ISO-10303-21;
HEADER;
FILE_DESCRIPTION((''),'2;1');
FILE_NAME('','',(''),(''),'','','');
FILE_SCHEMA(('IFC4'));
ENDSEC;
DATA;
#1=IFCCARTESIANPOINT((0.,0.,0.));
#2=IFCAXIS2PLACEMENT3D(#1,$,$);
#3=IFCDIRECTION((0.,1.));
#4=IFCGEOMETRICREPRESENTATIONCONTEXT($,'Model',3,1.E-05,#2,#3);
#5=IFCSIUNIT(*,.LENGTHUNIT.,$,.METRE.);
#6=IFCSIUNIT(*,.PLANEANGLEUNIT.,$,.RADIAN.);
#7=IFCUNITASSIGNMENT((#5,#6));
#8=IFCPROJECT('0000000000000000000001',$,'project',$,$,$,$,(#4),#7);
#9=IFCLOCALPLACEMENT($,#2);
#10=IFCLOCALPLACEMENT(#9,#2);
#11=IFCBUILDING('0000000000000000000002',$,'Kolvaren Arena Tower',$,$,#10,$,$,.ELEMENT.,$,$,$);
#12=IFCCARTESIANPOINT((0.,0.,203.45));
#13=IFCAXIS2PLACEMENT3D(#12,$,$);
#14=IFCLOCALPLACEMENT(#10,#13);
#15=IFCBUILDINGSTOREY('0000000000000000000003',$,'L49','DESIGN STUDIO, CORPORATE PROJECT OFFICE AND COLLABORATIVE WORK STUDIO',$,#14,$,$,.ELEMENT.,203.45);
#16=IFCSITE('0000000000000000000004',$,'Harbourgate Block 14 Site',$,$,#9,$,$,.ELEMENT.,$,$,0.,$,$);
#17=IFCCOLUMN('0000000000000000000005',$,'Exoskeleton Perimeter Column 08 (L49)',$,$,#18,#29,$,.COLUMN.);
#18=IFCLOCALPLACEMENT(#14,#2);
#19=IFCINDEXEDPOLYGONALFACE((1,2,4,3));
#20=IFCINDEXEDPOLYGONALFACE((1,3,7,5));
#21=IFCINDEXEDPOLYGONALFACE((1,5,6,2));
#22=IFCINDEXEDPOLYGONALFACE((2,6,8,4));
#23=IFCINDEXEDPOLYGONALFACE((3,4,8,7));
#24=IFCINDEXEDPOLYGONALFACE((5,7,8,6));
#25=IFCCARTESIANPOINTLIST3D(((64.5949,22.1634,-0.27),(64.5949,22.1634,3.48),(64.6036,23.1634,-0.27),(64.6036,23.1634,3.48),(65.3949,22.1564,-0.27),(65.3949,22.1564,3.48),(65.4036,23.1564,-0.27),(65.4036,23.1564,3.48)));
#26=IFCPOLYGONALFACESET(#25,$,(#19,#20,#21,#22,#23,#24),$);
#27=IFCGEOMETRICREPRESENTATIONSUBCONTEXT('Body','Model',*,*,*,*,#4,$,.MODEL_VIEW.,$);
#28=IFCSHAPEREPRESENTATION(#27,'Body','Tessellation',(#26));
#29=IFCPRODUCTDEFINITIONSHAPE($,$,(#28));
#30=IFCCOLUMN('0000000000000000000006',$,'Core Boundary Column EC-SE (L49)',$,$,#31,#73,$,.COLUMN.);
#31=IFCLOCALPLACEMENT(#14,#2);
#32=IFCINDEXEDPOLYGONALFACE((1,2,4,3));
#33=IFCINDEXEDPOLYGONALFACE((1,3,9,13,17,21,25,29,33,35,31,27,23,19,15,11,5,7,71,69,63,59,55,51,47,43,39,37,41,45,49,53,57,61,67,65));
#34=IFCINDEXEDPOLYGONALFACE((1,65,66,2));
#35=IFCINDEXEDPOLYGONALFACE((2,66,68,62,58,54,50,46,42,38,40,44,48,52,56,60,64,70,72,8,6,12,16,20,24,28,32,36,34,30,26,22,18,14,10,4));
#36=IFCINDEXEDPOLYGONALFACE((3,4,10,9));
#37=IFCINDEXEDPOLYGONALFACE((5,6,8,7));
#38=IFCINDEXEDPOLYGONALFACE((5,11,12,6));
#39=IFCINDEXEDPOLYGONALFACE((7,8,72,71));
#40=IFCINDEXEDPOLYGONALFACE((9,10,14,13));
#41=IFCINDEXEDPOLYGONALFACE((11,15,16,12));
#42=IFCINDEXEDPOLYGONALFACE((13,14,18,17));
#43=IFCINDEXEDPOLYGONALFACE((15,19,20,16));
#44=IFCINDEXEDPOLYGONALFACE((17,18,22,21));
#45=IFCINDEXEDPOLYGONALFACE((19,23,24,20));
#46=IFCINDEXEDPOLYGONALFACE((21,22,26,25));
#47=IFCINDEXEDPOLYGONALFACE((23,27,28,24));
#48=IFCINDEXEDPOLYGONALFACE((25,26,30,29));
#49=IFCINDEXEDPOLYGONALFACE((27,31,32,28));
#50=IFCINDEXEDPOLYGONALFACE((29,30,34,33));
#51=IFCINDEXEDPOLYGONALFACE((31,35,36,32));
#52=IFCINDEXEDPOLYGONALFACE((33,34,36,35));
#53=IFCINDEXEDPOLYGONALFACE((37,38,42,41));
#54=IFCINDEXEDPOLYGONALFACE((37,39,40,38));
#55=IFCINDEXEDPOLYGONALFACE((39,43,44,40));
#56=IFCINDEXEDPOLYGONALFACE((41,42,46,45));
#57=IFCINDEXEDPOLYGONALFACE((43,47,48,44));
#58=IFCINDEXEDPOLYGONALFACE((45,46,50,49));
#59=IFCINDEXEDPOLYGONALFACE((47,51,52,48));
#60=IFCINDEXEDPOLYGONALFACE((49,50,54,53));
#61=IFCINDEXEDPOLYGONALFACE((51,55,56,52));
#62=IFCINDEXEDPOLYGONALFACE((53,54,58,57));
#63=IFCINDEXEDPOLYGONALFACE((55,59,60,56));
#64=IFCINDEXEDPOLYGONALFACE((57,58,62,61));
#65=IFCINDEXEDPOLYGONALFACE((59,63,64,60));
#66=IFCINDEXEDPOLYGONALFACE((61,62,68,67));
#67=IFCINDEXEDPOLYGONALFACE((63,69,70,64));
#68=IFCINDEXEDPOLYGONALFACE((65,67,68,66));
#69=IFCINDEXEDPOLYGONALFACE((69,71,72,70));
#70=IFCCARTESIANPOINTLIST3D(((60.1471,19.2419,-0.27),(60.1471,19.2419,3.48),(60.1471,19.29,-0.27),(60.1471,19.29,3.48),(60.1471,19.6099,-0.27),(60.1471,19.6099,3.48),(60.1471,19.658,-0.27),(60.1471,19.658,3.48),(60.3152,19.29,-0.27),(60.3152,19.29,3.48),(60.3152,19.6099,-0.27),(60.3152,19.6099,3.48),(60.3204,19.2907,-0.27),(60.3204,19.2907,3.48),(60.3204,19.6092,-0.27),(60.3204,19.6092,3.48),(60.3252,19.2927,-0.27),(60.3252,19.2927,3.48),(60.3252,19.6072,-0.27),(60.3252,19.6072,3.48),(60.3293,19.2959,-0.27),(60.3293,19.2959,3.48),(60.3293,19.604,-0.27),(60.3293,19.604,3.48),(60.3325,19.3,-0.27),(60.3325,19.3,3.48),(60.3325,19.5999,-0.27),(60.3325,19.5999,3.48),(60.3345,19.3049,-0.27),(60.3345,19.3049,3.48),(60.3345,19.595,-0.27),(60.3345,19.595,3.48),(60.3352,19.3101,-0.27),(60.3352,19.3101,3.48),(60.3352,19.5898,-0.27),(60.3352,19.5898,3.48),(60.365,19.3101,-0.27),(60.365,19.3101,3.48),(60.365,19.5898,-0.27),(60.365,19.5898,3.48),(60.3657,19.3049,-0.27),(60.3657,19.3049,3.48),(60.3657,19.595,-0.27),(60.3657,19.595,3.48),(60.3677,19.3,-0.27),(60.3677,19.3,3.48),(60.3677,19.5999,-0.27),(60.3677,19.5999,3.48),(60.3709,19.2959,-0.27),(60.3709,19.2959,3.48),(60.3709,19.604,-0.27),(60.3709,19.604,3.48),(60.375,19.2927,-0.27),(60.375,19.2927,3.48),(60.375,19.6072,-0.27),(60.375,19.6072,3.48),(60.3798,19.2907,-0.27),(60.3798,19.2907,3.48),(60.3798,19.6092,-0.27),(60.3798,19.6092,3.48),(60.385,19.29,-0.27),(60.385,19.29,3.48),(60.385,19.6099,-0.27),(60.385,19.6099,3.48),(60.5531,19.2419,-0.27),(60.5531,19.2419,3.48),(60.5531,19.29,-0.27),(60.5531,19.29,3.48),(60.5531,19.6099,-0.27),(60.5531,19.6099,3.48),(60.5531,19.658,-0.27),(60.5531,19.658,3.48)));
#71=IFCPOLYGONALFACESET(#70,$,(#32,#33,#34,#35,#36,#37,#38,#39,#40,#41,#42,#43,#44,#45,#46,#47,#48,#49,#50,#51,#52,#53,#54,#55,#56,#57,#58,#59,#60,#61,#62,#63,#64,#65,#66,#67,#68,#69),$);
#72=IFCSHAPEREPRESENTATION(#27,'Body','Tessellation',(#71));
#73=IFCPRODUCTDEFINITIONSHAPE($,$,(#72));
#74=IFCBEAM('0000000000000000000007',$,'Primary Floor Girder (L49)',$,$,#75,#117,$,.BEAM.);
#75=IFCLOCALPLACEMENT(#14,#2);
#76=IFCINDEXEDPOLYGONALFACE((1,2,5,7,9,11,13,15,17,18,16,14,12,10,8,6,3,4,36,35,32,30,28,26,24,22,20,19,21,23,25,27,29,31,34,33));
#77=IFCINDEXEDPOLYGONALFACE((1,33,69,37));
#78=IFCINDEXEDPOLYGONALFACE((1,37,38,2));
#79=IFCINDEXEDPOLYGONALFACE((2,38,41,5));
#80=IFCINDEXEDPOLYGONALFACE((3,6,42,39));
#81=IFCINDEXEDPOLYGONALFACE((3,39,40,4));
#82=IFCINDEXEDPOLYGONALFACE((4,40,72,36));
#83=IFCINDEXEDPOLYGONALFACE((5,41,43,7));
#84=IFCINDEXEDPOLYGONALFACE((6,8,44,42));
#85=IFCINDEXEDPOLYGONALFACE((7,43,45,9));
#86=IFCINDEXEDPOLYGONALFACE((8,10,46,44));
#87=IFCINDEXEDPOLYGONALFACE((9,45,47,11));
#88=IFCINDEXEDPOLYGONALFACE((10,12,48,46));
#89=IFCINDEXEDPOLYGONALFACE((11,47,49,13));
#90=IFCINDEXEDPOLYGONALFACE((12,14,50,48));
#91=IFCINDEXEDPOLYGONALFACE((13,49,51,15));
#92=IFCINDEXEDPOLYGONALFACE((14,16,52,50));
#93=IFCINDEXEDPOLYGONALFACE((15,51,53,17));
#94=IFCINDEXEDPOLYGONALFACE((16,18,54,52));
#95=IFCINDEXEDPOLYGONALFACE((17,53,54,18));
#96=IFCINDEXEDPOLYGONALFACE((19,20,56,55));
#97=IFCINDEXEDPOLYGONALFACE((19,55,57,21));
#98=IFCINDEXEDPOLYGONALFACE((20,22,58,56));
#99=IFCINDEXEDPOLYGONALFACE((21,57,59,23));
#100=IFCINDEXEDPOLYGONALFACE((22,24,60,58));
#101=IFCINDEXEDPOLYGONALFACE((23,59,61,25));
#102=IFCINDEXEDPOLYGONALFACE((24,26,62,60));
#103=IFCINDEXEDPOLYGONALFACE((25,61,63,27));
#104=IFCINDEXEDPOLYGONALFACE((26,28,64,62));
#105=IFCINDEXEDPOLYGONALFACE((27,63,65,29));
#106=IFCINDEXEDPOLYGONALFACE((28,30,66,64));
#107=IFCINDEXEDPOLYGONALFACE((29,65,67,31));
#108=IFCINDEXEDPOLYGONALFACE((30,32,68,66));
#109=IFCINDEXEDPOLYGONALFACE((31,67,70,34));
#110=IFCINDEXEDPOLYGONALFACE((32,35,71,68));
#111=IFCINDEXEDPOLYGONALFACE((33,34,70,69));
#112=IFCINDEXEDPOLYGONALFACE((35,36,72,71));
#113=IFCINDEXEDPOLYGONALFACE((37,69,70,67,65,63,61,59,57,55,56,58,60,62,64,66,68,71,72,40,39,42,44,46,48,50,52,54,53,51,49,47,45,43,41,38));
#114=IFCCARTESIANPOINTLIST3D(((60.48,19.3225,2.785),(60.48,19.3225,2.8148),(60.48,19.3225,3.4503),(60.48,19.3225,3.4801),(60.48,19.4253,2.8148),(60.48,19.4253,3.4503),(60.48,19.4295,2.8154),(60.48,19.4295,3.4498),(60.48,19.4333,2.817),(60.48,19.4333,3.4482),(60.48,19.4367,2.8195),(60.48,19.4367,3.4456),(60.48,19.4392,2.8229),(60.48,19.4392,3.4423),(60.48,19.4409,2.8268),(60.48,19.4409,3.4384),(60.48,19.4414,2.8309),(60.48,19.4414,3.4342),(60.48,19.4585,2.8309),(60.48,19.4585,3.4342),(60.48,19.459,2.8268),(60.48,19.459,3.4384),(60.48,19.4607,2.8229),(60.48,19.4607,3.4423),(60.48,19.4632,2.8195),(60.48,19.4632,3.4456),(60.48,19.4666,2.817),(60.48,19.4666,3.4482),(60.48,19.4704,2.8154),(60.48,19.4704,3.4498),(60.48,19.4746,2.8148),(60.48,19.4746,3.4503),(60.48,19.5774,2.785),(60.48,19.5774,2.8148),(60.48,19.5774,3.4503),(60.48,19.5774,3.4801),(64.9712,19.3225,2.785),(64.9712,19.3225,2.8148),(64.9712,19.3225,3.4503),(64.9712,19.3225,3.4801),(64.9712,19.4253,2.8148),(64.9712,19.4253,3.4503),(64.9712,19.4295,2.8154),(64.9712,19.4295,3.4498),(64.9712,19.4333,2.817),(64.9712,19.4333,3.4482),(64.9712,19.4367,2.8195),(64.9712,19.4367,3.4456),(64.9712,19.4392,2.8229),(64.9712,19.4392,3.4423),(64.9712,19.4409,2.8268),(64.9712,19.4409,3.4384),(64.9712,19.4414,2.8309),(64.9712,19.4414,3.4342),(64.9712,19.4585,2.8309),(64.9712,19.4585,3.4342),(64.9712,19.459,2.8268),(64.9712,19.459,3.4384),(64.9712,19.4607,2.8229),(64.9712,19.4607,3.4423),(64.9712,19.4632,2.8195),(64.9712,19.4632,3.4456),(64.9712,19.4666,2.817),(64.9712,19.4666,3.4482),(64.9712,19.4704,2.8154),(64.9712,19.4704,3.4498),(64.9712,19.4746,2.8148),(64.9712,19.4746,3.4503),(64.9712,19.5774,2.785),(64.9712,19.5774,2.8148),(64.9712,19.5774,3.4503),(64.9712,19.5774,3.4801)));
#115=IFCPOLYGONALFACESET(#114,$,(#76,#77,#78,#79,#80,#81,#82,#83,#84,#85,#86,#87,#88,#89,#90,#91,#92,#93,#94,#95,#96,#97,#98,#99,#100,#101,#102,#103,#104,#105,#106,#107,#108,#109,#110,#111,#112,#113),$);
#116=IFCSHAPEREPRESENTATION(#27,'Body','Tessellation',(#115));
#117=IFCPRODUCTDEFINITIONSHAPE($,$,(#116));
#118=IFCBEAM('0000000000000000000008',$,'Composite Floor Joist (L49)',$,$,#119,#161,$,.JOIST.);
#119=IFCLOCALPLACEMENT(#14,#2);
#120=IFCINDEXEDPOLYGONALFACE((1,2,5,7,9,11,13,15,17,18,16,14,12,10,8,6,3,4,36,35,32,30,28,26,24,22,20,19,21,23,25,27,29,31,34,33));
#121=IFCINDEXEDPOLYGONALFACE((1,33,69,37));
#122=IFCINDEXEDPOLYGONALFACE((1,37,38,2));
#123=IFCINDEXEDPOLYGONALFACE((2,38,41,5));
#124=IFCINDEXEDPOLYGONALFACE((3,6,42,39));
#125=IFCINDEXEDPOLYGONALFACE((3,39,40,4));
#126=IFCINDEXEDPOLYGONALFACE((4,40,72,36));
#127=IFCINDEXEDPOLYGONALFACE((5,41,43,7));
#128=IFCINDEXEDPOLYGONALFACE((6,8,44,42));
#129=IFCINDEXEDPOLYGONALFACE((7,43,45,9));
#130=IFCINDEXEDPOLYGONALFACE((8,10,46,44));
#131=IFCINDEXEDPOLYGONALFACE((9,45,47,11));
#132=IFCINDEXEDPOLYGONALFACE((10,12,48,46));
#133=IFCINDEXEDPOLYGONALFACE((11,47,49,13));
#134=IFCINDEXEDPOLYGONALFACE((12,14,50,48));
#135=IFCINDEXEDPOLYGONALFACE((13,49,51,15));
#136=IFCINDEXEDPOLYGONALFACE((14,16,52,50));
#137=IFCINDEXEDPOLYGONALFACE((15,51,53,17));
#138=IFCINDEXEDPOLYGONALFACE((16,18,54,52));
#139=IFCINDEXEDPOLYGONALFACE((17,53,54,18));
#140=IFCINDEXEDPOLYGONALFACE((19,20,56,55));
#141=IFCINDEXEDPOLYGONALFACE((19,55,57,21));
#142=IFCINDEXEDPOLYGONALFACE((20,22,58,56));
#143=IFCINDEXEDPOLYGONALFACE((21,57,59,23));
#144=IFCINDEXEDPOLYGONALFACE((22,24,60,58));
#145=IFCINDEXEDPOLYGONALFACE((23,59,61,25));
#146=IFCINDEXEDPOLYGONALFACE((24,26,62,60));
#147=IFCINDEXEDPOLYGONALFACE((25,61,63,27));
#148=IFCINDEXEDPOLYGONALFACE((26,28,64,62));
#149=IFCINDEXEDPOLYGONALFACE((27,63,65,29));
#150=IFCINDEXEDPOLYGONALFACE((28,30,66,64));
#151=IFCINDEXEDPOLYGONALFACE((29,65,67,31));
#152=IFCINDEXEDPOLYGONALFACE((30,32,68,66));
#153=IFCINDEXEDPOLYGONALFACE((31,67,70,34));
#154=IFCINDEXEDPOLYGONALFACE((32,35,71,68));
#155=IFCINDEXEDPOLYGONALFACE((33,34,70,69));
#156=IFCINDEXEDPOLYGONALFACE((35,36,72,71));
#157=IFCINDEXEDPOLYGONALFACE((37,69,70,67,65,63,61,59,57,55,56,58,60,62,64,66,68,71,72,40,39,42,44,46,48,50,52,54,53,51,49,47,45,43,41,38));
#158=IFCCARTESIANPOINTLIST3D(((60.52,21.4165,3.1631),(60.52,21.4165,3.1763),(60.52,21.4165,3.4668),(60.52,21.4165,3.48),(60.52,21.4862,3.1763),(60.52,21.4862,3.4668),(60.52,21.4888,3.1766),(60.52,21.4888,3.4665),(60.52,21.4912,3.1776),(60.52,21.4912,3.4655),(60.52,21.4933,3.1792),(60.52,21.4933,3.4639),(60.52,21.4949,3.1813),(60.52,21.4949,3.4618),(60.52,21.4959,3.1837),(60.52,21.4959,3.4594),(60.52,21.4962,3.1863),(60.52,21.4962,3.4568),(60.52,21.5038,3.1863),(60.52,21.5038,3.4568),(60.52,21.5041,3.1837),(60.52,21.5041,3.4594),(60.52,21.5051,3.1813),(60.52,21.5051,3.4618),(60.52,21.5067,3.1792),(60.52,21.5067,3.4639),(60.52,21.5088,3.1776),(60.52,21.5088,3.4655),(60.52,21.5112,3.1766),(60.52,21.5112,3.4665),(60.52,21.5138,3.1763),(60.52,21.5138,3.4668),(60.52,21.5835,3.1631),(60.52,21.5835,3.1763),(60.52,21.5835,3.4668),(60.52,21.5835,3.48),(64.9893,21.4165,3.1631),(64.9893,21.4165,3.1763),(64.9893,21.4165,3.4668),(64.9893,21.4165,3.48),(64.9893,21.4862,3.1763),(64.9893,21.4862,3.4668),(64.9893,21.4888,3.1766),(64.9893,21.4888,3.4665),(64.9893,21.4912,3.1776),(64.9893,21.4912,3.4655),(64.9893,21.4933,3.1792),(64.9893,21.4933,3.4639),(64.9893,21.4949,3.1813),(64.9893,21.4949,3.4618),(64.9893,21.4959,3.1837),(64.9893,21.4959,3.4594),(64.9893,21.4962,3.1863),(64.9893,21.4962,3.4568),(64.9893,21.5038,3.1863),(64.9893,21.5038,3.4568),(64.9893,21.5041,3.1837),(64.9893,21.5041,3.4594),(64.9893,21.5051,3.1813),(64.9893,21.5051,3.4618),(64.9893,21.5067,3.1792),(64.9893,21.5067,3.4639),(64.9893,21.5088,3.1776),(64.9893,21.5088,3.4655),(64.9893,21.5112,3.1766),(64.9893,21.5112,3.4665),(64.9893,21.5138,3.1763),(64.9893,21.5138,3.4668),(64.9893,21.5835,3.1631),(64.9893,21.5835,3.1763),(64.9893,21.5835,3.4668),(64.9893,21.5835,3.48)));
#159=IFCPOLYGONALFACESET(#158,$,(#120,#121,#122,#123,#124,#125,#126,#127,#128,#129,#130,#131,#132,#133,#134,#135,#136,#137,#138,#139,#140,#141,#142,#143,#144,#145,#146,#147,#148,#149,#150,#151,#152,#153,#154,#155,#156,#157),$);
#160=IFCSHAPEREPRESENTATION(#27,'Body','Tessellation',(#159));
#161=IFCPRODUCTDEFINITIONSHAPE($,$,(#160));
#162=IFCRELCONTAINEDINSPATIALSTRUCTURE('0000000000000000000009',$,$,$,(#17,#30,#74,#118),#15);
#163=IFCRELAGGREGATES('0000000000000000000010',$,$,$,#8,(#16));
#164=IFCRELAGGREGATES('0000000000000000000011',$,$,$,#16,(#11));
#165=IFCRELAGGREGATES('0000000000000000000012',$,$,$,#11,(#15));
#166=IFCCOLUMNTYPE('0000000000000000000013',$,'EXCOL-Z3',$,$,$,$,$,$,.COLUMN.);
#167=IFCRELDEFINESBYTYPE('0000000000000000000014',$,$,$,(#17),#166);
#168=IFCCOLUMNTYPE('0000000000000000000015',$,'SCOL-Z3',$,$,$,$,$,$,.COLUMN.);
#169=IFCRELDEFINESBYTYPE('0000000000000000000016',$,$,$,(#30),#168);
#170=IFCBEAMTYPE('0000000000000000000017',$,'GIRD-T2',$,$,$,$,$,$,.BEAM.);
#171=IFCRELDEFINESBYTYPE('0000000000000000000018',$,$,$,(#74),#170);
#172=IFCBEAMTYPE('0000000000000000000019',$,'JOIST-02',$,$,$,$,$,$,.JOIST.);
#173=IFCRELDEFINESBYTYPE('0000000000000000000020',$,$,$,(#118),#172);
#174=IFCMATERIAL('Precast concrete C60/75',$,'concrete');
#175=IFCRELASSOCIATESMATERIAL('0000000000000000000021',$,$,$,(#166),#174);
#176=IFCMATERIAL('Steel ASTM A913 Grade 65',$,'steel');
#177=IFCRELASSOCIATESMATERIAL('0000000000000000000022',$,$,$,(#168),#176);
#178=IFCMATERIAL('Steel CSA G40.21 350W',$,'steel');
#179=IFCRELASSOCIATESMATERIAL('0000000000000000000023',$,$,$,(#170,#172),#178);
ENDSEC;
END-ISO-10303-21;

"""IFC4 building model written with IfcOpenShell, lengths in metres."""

from ifc_helpers import new_model, si_unit, direction, frame, origin, origin_2d, place, context, subcontext, project, spatial, rectangle, i_section, extrude, material, material_profile, profile_set, type_object, element, save


model = new_model("IFC4")

# Units and contexts
model_context = context("Model", 3, precision=1e-05, world=origin(), true_north=direction((0.0, 1.0)))
body_context = subcontext(model_context, "Body", "Model", "MODEL_VIEW")
ifc_project = project(units=[si_unit("LENGTHUNIT", "METRE"), si_unit("PLANEANGLEUNIT", "RADIAN")], contexts=[model_context])

# Site, building, storey
site_placement = place(None, origin())
site = spatial("IfcSite", under=ifc_project, at=site_placement, Name="Harbourgate Block 14 Site", CompositionType="ELEMENT", RefElevation=0.0)
building_placement = place(site_placement, origin())
building = spatial("IfcBuilding", under=site, at=building_placement, Name="Kolvaren Arena Tower", CompositionType="ELEMENT")
storey_placement = place(building_placement, frame((0.0, 0.0, 203.45)))
storey = spatial("IfcBuildingStorey", under=building, at=storey_placement, Name="L49", Description="DESIGN STUDIO, CORPORATE PROJECT OFFICE AND COLLABORATIVE WORK STUDIO", CompositionType="ELEMENT", Elevation=203.45)

# Columns
ifc_material_1 = material(Name="Precast concrete C60/75", Category="concrete")
ifc_material_profile_1 = material_profile(ifc_material_1, rectangle(XDim=1.0, YDim=0.8, at=origin_2d()), Name="RC-1000x800")
ifc_profile_set_1 = profile_set([ifc_material_profile_1], Name="Precast concrete C60/75")
column_type_1 = type_object("IfcColumnType", Name="EXCOL-Z3", PredefinedType="COLUMN", material=ifc_profile_set_1)
column_1_placement = place(storey_placement, frame((64.9993, 22.6599, -0.27), z_axis=(0.0, 0.0, 1.0), x_axis=(0.008727, 0.999962, 0.0)))
element("IfcColumn", 1, at=column_1_placement, inside=storey, type_object=column_type_1, Name="Exoskeleton Perimeter Column 08 (L49)", PredefinedType="COLUMN", context=body_context, shape_type="SweptSolid", body=[
    extrude(rectangle(XDim=1.0, YDim=0.8, at=origin_2d()), origin(), (0.0, 0.0, 1.0), 3.75),
])
ifc_material_2 = material(Name="Steel ASTM A913 Grade 65", Category="steel")
ifc_material_profile_2 = material_profile(ifc_material_2, i_section(OverallWidth=0.406, OverallDepth=0.416, WebThickness=0.0298, FlangeThickness=0.0481, FilletRadius=0.02, at=origin_2d()), Name="W360x382")
ifc_profile_set_2 = profile_set([ifc_material_profile_2], Name="Steel ASTM A913 Grade 65")
column_type_2 = type_object("IfcColumnType", Name="SCOL-Z3", PredefinedType="COLUMN", material=ifc_profile_set_2)
column_2_placement = place(storey_placement, frame((60.3501, 19.45, -0.27), z_axis=(0.0, 0.0, 1.0), x_axis=(1.0, 0.0, 0.0)))
element("IfcColumn", 2, at=column_2_placement, inside=storey, type_object=column_type_2, Name="Core Boundary Column EC-SE (L49)", PredefinedType="COLUMN", context=body_context, shape_type="SweptSolid", body=[
    extrude(i_section(OverallWidth=0.406, OverallDepth=0.416, WebThickness=0.0298, FlangeThickness=0.0481, FilletRadius=0.02, at=origin_2d()), origin(), (0.0, 0.0, 1.0), 3.75),
])

# Beams
ifc_material_3 = material(Name="Steel CSA G40.21 350W", Category="steel")
ifc_material_profile_3 = material_profile(ifc_material_3, i_section(OverallWidth=0.2549, OverallDepth=0.6951, WebThickness=0.0171, FlangeThickness=0.0298, FilletRadius=0.0161, at=origin_2d()), Name="W690x217")
ifc_profile_set_3 = profile_set([ifc_material_profile_3], Name="Steel CSA G40.21 350W")
beam_type_1 = type_object("IfcBeamType", Name="GIRD-T2", PredefinedType="BEAM", material=ifc_profile_set_3)
beam_1_placement = place(storey_placement, frame((60.48, 19.45, 3.1326), z_axis=(1.0, 0.0, 0.0), x_axis=(0.0, 1.0, 0.0)))
element("IfcBeam", 3, at=beam_1_placement, inside=storey, type_object=beam_type_1, Name="Primary Floor Girder (L49)", PredefinedType="BEAM", context=body_context, shape_type="SweptSolid", body=[
    extrude(i_section(OverallWidth=0.2549, OverallDepth=0.6951, WebThickness=0.0171, FlangeThickness=0.0298, FilletRadius=0.0161, at=origin_2d()), origin(), (0.0, 0.0, 1.0), 4.4912),
])
ifc_material_profile_4 = material_profile(ifc_material_3, i_section(OverallWidth=0.167, OverallDepth=0.3169, WebThickness=0.0076, FlangeThickness=0.0132, FilletRadius=0.01, at=origin_2d()), Name="W310x52")
ifc_profile_set_4 = profile_set([ifc_material_profile_4], Name="Steel CSA G40.21 350W")
beam_type_2 = type_object("IfcBeamType", Name="JOIST-02", PredefinedType="JOIST", material=ifc_profile_set_4)
beam_2_placement = place(storey_placement, frame((60.52, 21.5, 3.3215), z_axis=(1.0, 0.0, 0.0), x_axis=(0.0, 1.0, 0.0)))
element("IfcBeam", 4, at=beam_2_placement, inside=storey, type_object=beam_type_2, Name="Composite Floor Joist (L49)", PredefinedType="JOIST", context=body_context, shape_type="SweptSolid", body=[
    extrude(i_section(OverallWidth=0.167, OverallDepth=0.3169, WebThickness=0.0076, FlangeThickness=0.0132, FilletRadius=0.01, at=origin_2d()), origin(), (0.0, 0.0, 1.0), 4.4692),
])

save(model, "model.ifc")
